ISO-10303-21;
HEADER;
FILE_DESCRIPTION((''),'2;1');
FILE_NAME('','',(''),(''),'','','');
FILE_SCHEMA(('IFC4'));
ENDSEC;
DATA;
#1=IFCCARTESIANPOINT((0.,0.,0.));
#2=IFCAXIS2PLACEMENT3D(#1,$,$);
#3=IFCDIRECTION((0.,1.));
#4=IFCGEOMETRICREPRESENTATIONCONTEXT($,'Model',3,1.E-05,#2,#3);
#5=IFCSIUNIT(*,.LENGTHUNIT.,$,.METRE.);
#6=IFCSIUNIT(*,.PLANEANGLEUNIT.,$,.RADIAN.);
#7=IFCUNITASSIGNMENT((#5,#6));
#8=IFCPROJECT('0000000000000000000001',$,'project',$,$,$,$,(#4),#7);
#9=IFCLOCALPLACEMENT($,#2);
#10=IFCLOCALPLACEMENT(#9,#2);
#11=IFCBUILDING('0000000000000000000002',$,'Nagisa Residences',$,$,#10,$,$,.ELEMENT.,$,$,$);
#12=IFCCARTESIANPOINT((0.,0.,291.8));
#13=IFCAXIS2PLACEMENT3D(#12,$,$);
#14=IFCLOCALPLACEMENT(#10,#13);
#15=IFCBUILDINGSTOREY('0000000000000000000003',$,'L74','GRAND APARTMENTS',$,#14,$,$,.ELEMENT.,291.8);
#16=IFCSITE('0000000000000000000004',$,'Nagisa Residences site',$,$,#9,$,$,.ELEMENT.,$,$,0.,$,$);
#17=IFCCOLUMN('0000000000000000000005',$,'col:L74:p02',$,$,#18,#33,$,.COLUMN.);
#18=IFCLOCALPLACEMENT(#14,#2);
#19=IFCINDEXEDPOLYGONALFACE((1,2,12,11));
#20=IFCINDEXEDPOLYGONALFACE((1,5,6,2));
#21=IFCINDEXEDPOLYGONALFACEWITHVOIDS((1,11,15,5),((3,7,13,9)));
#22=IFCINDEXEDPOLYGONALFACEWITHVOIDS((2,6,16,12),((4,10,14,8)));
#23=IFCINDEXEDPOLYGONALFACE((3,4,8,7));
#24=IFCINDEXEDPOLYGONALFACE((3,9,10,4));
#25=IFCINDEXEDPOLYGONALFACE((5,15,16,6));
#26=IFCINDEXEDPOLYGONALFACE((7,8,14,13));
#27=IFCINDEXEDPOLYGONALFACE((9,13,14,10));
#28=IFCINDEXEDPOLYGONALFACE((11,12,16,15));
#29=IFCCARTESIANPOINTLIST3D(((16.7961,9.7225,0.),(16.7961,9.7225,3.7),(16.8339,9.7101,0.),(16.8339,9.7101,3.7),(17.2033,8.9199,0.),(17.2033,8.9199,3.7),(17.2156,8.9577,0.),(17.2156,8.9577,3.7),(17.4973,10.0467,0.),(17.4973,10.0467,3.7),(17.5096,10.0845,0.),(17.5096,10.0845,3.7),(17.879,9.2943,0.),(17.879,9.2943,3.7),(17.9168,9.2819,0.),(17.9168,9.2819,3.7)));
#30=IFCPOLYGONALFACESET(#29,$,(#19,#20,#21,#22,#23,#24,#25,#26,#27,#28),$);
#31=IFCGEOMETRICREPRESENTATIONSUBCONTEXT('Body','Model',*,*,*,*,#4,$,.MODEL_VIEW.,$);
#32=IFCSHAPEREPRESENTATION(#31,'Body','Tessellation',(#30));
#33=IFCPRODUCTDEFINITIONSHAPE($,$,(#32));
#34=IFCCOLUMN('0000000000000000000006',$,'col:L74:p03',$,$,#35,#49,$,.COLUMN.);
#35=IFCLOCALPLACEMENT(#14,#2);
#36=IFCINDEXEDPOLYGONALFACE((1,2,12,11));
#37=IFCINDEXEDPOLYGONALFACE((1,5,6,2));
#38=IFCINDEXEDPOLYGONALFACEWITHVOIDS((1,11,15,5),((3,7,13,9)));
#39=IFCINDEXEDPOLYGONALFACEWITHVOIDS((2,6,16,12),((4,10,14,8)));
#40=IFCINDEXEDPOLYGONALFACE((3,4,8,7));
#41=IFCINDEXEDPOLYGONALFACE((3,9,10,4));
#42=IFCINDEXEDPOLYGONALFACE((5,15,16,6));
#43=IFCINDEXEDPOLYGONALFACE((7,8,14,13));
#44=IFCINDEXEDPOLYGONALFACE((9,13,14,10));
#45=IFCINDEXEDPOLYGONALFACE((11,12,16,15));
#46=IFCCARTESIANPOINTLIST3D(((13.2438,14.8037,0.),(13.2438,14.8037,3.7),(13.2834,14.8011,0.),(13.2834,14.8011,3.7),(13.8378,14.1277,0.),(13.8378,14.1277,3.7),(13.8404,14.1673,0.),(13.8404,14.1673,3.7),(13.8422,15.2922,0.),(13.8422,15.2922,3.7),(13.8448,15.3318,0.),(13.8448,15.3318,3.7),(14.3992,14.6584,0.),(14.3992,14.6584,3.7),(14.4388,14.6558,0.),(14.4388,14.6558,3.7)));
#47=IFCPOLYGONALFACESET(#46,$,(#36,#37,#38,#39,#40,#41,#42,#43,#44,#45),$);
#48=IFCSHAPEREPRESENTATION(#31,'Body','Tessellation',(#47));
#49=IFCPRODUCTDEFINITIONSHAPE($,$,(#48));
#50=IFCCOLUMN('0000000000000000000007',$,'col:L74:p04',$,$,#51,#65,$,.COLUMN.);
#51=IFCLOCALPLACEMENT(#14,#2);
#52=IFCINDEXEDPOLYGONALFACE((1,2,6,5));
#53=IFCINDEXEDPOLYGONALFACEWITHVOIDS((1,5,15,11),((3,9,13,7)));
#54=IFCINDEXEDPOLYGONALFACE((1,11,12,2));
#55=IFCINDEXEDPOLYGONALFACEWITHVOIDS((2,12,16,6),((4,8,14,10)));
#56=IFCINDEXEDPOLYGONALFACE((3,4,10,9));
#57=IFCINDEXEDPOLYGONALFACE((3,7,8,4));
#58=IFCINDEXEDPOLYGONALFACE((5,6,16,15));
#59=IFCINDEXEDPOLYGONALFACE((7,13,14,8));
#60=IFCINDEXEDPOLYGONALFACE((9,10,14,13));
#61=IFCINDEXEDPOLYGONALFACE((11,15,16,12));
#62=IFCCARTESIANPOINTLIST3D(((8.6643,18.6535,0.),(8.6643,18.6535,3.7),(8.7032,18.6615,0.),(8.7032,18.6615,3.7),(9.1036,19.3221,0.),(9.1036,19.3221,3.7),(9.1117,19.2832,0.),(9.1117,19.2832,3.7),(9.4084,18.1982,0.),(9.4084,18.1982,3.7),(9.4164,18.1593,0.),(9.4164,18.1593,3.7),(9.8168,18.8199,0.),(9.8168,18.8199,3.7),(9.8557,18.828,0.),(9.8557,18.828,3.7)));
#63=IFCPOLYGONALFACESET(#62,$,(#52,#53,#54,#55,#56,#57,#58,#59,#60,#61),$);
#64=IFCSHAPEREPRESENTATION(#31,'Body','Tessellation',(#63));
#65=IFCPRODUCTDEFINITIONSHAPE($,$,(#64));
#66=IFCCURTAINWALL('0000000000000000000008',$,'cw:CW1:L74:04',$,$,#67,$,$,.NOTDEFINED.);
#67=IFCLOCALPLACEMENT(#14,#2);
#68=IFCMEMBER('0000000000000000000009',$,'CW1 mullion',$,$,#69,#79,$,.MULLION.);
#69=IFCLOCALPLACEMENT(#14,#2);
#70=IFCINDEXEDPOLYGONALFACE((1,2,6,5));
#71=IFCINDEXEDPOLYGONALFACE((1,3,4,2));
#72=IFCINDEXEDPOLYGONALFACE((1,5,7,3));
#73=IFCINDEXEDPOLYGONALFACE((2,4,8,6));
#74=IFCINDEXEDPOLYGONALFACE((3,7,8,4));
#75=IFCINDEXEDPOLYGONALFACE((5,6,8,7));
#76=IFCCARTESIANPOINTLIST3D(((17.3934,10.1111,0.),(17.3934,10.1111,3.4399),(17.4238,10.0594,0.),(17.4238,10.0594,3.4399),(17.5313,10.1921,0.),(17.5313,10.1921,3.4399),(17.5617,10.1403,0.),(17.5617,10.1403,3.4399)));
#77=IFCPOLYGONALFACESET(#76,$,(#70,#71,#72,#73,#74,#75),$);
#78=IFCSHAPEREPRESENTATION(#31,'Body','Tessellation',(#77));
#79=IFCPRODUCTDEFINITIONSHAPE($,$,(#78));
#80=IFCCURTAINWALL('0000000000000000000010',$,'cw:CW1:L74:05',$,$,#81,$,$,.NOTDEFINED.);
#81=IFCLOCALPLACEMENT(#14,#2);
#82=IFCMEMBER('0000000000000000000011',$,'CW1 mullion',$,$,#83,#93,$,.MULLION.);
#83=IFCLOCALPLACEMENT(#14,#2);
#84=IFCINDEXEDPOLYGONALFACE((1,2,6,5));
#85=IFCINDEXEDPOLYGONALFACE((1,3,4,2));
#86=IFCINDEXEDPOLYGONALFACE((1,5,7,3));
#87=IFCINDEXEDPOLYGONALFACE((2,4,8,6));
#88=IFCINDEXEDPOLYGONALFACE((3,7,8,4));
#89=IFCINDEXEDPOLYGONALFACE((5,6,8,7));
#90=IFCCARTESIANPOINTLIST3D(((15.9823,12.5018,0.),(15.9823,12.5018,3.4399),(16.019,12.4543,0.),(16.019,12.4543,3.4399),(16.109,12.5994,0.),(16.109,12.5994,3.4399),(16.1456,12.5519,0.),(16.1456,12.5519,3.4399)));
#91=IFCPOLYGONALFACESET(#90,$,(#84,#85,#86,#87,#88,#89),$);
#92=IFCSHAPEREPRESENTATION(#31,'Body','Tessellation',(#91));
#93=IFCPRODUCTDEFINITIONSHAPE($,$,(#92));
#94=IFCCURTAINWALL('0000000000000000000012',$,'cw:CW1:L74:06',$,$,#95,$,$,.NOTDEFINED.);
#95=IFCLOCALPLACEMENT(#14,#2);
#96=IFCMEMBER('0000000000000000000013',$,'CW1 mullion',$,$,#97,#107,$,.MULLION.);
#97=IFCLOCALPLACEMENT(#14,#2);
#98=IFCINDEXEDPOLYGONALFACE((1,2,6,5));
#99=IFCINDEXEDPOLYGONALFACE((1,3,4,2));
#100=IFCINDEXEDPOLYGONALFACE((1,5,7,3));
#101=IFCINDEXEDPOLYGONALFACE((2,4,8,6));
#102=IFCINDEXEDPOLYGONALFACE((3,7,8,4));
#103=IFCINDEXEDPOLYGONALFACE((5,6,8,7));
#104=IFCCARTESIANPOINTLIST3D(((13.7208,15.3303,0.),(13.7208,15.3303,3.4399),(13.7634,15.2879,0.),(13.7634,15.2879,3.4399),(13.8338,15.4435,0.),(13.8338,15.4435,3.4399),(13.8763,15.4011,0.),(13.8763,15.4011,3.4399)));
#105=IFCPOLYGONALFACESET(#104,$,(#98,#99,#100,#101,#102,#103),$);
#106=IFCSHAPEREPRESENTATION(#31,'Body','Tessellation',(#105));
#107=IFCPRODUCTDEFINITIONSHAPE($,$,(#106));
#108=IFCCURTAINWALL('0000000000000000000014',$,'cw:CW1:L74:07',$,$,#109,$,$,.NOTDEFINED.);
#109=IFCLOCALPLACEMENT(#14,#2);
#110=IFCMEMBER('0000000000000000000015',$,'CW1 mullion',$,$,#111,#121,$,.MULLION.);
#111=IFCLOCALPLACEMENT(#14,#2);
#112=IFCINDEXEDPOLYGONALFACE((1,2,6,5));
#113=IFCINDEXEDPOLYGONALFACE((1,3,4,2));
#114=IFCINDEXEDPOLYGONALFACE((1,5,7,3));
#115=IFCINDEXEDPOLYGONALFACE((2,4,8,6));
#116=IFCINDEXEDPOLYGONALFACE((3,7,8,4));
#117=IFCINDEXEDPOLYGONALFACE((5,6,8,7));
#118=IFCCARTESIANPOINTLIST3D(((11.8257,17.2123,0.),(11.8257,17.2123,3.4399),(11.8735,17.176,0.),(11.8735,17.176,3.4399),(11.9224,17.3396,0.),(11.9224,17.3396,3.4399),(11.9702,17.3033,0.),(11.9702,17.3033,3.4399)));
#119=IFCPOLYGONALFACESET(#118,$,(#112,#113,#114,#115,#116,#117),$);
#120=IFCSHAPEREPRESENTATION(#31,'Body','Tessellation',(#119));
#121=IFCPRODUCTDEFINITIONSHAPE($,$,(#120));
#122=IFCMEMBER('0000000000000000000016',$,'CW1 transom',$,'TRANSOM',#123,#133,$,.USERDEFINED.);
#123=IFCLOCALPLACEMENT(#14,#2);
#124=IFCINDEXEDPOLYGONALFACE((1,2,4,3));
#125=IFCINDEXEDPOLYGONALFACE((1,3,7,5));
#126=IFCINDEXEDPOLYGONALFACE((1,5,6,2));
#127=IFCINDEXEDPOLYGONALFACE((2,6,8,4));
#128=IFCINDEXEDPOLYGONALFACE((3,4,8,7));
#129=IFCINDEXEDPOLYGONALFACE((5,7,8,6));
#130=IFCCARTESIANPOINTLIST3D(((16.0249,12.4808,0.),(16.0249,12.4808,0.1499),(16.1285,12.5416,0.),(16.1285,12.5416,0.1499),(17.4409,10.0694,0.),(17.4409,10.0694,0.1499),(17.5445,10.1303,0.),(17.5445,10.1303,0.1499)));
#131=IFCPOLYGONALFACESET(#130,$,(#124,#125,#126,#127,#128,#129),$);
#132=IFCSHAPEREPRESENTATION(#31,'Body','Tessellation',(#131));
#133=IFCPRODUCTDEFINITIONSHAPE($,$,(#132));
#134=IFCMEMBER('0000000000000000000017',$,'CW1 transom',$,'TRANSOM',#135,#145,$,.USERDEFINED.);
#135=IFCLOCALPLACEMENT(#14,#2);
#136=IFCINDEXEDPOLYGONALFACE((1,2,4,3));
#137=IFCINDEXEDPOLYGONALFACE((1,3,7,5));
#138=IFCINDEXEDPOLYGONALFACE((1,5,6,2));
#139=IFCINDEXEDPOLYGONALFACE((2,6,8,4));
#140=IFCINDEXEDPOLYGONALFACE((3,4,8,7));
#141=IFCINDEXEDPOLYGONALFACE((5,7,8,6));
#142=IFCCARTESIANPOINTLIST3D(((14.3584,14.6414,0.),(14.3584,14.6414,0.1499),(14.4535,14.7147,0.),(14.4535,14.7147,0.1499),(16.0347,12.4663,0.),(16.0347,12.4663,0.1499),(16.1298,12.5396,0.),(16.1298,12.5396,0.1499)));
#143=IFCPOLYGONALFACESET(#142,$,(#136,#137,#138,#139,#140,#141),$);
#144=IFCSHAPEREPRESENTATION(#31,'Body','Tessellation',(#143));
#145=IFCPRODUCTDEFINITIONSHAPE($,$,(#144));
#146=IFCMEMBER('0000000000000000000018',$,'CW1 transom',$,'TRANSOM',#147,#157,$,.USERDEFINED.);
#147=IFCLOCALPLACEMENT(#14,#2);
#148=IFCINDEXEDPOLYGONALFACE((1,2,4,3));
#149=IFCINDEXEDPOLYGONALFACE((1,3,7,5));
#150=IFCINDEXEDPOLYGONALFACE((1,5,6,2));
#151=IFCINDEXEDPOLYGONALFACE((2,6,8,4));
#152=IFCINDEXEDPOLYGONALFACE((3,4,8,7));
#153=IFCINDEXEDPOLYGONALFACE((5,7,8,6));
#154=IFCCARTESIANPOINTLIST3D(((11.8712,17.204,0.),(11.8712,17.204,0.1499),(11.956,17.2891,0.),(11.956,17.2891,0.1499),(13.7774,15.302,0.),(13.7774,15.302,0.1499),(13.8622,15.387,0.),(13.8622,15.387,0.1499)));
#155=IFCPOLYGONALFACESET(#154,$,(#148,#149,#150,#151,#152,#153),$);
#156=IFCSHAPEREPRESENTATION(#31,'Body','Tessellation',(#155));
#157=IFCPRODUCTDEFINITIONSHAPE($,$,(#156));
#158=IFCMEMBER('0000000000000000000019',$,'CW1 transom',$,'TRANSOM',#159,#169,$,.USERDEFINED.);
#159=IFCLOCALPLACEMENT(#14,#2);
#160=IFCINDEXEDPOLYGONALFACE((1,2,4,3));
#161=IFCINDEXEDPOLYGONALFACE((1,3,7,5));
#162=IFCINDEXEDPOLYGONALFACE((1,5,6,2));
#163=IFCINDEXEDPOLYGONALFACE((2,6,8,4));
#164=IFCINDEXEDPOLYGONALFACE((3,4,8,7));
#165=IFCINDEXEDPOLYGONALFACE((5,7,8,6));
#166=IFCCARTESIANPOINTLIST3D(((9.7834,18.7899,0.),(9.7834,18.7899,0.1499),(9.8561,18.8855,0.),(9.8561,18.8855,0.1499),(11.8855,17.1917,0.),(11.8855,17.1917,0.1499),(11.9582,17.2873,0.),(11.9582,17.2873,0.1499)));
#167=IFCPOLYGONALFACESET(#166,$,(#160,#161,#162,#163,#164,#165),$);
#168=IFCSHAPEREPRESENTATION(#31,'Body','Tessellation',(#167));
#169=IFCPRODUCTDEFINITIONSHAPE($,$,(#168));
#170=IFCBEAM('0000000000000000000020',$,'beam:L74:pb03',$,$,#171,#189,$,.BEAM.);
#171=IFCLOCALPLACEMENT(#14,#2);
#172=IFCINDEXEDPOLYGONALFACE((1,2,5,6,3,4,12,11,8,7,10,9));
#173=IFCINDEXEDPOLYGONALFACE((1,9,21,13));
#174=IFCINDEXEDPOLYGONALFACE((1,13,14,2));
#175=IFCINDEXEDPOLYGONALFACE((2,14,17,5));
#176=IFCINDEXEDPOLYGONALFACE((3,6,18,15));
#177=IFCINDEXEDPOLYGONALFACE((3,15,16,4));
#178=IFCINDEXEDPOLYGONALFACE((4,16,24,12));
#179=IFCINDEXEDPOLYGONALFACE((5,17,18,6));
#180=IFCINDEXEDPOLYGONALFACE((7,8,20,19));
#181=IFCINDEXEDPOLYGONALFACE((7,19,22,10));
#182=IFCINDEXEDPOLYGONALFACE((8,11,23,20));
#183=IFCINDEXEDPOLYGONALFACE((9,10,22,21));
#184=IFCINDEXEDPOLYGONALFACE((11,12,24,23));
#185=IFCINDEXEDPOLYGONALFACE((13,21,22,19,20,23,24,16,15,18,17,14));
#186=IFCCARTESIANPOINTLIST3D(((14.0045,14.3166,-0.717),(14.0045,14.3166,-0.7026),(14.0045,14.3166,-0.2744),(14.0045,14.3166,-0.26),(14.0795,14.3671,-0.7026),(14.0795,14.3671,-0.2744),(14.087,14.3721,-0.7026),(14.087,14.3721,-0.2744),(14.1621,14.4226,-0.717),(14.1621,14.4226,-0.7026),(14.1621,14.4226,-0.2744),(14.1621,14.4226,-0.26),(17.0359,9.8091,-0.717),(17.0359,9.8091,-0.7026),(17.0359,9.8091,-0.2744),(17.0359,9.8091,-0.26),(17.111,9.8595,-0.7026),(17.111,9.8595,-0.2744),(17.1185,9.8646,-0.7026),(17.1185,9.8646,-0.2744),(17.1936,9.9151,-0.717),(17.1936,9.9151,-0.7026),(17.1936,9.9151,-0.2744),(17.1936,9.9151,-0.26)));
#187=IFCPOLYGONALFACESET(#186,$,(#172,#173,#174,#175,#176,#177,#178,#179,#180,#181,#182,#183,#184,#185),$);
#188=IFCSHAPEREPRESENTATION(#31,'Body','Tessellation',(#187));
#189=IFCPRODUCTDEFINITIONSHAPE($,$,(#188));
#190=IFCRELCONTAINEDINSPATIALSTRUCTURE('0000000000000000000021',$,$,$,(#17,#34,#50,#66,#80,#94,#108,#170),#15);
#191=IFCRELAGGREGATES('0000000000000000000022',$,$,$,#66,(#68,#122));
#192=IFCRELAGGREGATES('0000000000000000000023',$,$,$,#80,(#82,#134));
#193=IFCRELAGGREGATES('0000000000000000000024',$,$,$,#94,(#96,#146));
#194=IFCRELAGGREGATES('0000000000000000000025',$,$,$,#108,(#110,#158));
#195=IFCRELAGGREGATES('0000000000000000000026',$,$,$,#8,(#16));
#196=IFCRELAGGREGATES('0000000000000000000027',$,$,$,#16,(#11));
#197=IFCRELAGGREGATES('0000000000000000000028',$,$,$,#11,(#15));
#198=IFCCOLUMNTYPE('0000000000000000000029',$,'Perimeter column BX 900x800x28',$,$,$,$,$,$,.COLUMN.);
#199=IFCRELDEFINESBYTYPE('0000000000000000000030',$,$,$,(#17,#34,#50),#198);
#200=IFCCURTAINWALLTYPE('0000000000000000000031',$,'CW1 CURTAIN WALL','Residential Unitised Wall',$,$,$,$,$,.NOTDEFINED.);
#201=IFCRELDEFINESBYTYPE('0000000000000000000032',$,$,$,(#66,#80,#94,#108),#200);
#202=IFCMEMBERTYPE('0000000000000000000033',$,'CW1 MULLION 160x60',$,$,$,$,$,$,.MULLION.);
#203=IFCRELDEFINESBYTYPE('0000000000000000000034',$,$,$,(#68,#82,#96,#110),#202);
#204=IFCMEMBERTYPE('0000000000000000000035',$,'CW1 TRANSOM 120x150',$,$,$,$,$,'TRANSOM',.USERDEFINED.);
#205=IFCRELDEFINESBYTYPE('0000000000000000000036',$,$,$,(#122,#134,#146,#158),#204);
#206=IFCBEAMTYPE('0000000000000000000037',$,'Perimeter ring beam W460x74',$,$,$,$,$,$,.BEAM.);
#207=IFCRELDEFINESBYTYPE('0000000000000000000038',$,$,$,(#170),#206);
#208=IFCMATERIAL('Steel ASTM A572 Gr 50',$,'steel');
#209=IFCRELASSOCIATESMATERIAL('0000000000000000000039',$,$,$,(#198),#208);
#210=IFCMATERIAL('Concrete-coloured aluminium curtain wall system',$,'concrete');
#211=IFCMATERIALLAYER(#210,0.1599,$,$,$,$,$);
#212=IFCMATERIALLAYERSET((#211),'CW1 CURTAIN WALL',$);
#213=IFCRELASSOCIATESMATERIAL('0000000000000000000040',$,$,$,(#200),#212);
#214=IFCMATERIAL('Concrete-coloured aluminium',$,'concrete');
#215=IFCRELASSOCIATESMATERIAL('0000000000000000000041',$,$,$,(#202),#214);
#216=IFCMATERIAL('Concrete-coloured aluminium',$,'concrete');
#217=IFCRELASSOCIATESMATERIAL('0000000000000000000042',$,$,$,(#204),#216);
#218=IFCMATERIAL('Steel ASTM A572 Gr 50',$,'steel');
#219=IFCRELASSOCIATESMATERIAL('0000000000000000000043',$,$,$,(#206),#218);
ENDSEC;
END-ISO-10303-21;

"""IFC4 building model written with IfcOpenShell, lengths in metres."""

from ifc_helpers import new_model, si_unit, direction, frame, origin, origin_2d, place, context, subcontext, project, spatial, rectangle, hollow_rectangle, i_section, extrude, material, layer, layer_set, material_profile, profile_set, type_object, element, aggregate, save


model = new_model("IFC4")

# Units and contexts
model_context = context("Model", 3, precision=1e-05, world=origin(), true_north=direction((0.0, 1.0)))
body_context = subcontext(model_context, "Body", "Model", "MODEL_VIEW")
ifc_project = project(units=[si_unit("LENGTHUNIT", "METRE"), si_unit("PLANEANGLEUNIT", "RADIAN")], contexts=[model_context])

# Site, building, storey
site_placement = place(None, origin())
site = spatial("IfcSite", under=ifc_project, at=site_placement, Name="Nagisa Residences site", CompositionType="ELEMENT", RefElevation=0.0)
building_placement = place(site_placement, origin())
building = spatial("IfcBuilding", under=site, at=building_placement, Name="Nagisa Residences", CompositionType="ELEMENT")
storey_placement = place(building_placement, frame((0.0, 0.0, 291.8)))
storey = spatial("IfcBuildingStorey", under=building, at=storey_placement, Name="L74", Description="GRAND APARTMENTS", CompositionType="ELEMENT", Elevation=291.8)

# Columns
ifc_material_1 = material(Name="Steel ASTM A572 Gr 50", Category="steel")
ifc_material_profile_1 = material_profile(ifc_material_1, hollow_rectangle(XDim=0.8999, YDim=0.8, WallThickness=0.0281, at=origin_2d()), Name="BX 900x800x28")
ifc_profile_set_1 = profile_set([ifc_material_profile_1], Name="Steel ASTM A572 Gr 50")
column_type = type_object("IfcColumnType", Name="Perimeter column BX 900x800x28", PredefinedType="COLUMN", material=ifc_profile_set_1)
for number, where, z_axis, x_axis, name in (
    (1, (17.3564, 9.5022, 0.0), (0.0, 0.0, 1.0), (-0.452463, 0.891783, 0.0), "col:L74:p02"),
    (2, (13.8413, 14.7297, 0.0), (0.0, 0.0, 1.0), (-0.660115, 0.751165, 0.0), "col:L74:p03"),
    (3, (9.26, 18.7407, 0.0), (0.0, 0.0, 1.0), (-0.835766, 0.549086, 0.0), "col:L74:p04"),
):
    element("IfcColumn", number, at=place(storey_placement, frame(where, z_axis=z_axis, x_axis=x_axis)), inside=storey, type_object=column_type, Name=name, PredefinedType="COLUMN", context=body_context, shape_type="SweptSolid", body=[
        extrude(hollow_rectangle(XDim=0.8999, YDim=0.8, WallThickness=0.0281, at=origin_2d()), origin(), (0.0, 0.0, 1.0), 3.7),
    ])

# Curtain walls, members
ifc_material_2 = material(Name="Concrete-coloured aluminium curtain wall system", Category="concrete")
ifc_layer_1 = layer(ifc_material_2, 0.1599)
ifc_layer_set_1 = layer_set([ifc_layer_1], Name="CW1 CURTAIN WALL")
curtain_wall_type = type_object("IfcCurtainWallType", Name="CW1 CURTAIN WALL", Description="Residential Unitised Wall", PredefinedType="NOTDEFINED", material=ifc_layer_set_1)
curtain_wall_1_placement = place(storey_placement, origin())
curtain_wall_1 = element("IfcCurtainWall", 4, at=curtain_wall_1_placement, inside=storey, type_object=curtain_wall_type, Name="cw:CW1:L74:04", PredefinedType="NOTDEFINED")
ifc_material_3 = material(Name="Concrete-coloured aluminium", Category="concrete")
ifc_material_profile_2 = material_profile(ifc_material_3, rectangle(XDim=0.1599, YDim=0.0601, at=origin_2d()), Name="CW1 MULLION 160x60")
ifc_profile_set_2 = profile_set([ifc_material_profile_2], Name="Concrete-coloured aluminium")
member_type_1 = type_object("IfcMemberType", Name="CW1 MULLION 160x60", PredefinedType="MULLION", material=ifc_profile_set_2)
member_1_placement = place(storey_placement, frame((17.4775, 10.1257, 0.0), z_axis=(0.0, 0.0, 1.0), x_axis=(-0.862329, -0.506349, 0.0)))
member_1 = element("IfcMember", 5, at=member_1_placement, type_object=member_type_1, Name="CW1 mullion", PredefinedType="MULLION", context=body_context, shape_type="SweptSolid", body=[
    extrude(rectangle(XDim=0.1599, YDim=0.0601, at=origin_2d()), origin(), (0.0, 0.0, 1.0), 3.4399),
])
curtain_wall_2_placement = place(storey_placement, origin())
curtain_wall_2 = element("IfcCurtainWall", 6, at=curtain_wall_2_placement, inside=storey, type_object=curtain_wall_type, Name="cw:CW1:L74:05", PredefinedType="NOTDEFINED")
member_2_placement = place(storey_placement, frame((16.064, 12.5269, 0.0), z_axis=(0.0, 0.0, 1.0), x_axis=(-0.79207, -0.61043, 0.0)))
member_2 = element("IfcMember", 7, at=member_2_placement, type_object=member_type_1, Name="CW1 mullion", PredefinedType="MULLION", context=body_context, shape_type="SweptSolid", body=[
    extrude(rectangle(XDim=0.1599, YDim=0.0601, at=origin_2d()), origin(), (0.0, 0.0, 1.0), 3.4399),
])
curtain_wall_3_placement = place(storey_placement, origin())
curtain_wall_3 = element("IfcCurtainWall", 8, at=curtain_wall_3_placement, inside=storey, type_object=curtain_wall_type, Name="cw:CW1:L74:06", PredefinedType="NOTDEFINED")
member_3_placement = place(storey_placement, frame((13.7986, 15.3657, 0.0), z_axis=(0.0, 0.0, 1.0), x_axis=(-0.706377, -0.707836, 0.0)))
member_3 = element("IfcMember", 9, at=member_3_placement, type_object=member_type_1, Name="CW1 mullion", PredefinedType="MULLION", context=body_context, shape_type="SweptSolid", body=[
    extrude(rectangle(XDim=0.1599, YDim=0.0601, at=origin_2d()), origin(), (0.0, 0.0, 1.0), 3.4399),
])
curtain_wall_4_placement = place(storey_placement, origin())
curtain_wall_4 = element("IfcCurtainWall", 10, at=curtain_wall_4_placement, inside=storey, type_object=curtain_wall_type, Name="cw:CW1:L74:07", PredefinedType="NOTDEFINED")
member_4_placement = place(storey_placement, frame((11.8979, 17.2578, 0.0), z_axis=(0.0, 0.0, 1.0), x_axis=(-0.605255, -0.796031, 0.0)))
member_4 = element("IfcMember", 11, at=member_4_placement, type_object=member_type_1, Name="CW1 mullion", PredefinedType="MULLION", context=body_context, shape_type="SweptSolid", body=[
    extrude(rectangle(XDim=0.1599, YDim=0.0601, at=origin_2d()), origin(), (0.0, 0.0, 1.0), 3.4399),
])

# Members
ifc_material_4 = material(Name="Concrete-coloured aluminium", Category="concrete")
ifc_material_profile_3 = material_profile(ifc_material_4, rectangle(XDim=0.1201, YDim=0.1499, at=origin_2d()), Name="CW1 TRANSOM 120x150")
ifc_profile_set_3 = profile_set([ifc_material_profile_3], Name="Concrete-coloured aluminium")
member_type_2 = type_object("IfcMemberType", Name="CW1 TRANSOM 120x150", ElementType="TRANSOM", PredefinedType="USERDEFINED", material=ifc_profile_set_3)
member_5_placement = place(storey_placement, frame((17.4927, 10.0999, 0.075), z_axis=(-0.506371, 0.862316, 0.0), x_axis=(-0.862316, -0.506371, 0.0)))
member_5 = element("IfcMember", 12, at=member_5_placement, type_object=member_type_2, Name="CW1 transom", ObjectType="TRANSOM", PredefinedType="USERDEFINED", context=body_context, shape_type="SweptSolid", body=[
    extrude(rectangle(XDim=0.1201, YDim=0.1499, at=origin_2d()), origin(), (0.0, 0.0, 1.0), 2.7964),
])
member_6_placement = place(storey_placement, frame((16.0823, 12.5029, 0.075), z_axis=(-0.610432, 0.792068, 0.0), x_axis=(-0.792068, -0.610432, 0.0)))
member_6 = element("IfcMember", 13, at=member_6_placement, type_object=member_type_2, Name="CW1 transom", ObjectType="TRANSOM", PredefinedType="USERDEFINED", context=body_context, shape_type="SweptSolid", body=[
    extrude(rectangle(XDim=0.1201, YDim=0.1499, at=origin_2d()), origin(), (0.0, 0.0, 1.0), 2.7461),
])
member_7_placement = place(storey_placement, frame((13.8198, 15.3445, 0.075), z_axis=(-0.707877, 0.706336, 0.0), x_axis=(-0.706336, -0.707877, 0.0)))
member_7 = element("IfcMember", 14, at=member_7_placement, type_object=member_type_2, Name="CW1 transom", ObjectType="TRANSOM", PredefinedType="USERDEFINED", context=body_context, shape_type="SweptSolid", body=[
    extrude(rectangle(XDim=0.1201, YDim=0.1499, at=origin_2d()), origin(), (0.0, 0.0, 1.0), 2.6929),
])
member_8_placement = place(storey_placement, frame((11.9219, 17.2395, 0.075), z_axis=(-0.796055, 0.605224, 0.0), x_axis=(-0.605224, -0.796055, 0.0)))
member_8 = element("IfcMember", 15, at=member_8_placement, type_object=member_type_2, Name="CW1 transom", ObjectType="TRANSOM", PredefinedType="USERDEFINED", context=body_context, shape_type="SweptSolid", body=[
    extrude(rectangle(XDim=0.1201, YDim=0.1499, at=origin_2d()), origin(), (0.0, 0.0, 1.0), 2.6406),
])

# Beam
ifc_material_5 = material(Name="Steel ASTM A572 Gr 50", Category="steel")
ifc_material_profile_4 = material_profile(ifc_material_5, i_section(OverallWidth=0.1899, OverallDepth=0.457, WebThickness=0.009, FlangeThickness=0.0144, at=origin_2d()), Name="W460x74")
ifc_profile_set_4 = profile_set([ifc_material_profile_4], Name="Steel ASTM A572 Gr 50")
beam_type_1 = type_object("IfcBeamType", Name="Perimeter ring beam W460x74", PredefinedType="BEAM", material=ifc_profile_set_4)
beam_1_placement = place(storey_placement, frame((17.1147, 9.8621, -0.4885), z_axis=(-0.558066, 0.829796, 0.0), x_axis=(-0.829796, -0.558066, 0.0)))
element("IfcBeam", 16, at=beam_1_placement, inside=storey, type_object=beam_type_1, Name="beam:L74:pb03", PredefinedType="BEAM", context=body_context, shape_type="SweptSolid", body=[
    extrude(i_section(OverallWidth=0.1899, OverallDepth=0.457, WebThickness=0.009, FlangeThickness=0.0144, at=origin_2d()), origin(), (0.0, 0.0, 1.0), 5.4321),
])

aggregate(curtain_wall_1, [member_1, member_5])
aggregate(curtain_wall_2, [member_2, member_6])
aggregate(curtain_wall_3, [member_3, member_7])
aggregate(curtain_wall_4, [member_4, member_8])

save(model, "model.ifc")
